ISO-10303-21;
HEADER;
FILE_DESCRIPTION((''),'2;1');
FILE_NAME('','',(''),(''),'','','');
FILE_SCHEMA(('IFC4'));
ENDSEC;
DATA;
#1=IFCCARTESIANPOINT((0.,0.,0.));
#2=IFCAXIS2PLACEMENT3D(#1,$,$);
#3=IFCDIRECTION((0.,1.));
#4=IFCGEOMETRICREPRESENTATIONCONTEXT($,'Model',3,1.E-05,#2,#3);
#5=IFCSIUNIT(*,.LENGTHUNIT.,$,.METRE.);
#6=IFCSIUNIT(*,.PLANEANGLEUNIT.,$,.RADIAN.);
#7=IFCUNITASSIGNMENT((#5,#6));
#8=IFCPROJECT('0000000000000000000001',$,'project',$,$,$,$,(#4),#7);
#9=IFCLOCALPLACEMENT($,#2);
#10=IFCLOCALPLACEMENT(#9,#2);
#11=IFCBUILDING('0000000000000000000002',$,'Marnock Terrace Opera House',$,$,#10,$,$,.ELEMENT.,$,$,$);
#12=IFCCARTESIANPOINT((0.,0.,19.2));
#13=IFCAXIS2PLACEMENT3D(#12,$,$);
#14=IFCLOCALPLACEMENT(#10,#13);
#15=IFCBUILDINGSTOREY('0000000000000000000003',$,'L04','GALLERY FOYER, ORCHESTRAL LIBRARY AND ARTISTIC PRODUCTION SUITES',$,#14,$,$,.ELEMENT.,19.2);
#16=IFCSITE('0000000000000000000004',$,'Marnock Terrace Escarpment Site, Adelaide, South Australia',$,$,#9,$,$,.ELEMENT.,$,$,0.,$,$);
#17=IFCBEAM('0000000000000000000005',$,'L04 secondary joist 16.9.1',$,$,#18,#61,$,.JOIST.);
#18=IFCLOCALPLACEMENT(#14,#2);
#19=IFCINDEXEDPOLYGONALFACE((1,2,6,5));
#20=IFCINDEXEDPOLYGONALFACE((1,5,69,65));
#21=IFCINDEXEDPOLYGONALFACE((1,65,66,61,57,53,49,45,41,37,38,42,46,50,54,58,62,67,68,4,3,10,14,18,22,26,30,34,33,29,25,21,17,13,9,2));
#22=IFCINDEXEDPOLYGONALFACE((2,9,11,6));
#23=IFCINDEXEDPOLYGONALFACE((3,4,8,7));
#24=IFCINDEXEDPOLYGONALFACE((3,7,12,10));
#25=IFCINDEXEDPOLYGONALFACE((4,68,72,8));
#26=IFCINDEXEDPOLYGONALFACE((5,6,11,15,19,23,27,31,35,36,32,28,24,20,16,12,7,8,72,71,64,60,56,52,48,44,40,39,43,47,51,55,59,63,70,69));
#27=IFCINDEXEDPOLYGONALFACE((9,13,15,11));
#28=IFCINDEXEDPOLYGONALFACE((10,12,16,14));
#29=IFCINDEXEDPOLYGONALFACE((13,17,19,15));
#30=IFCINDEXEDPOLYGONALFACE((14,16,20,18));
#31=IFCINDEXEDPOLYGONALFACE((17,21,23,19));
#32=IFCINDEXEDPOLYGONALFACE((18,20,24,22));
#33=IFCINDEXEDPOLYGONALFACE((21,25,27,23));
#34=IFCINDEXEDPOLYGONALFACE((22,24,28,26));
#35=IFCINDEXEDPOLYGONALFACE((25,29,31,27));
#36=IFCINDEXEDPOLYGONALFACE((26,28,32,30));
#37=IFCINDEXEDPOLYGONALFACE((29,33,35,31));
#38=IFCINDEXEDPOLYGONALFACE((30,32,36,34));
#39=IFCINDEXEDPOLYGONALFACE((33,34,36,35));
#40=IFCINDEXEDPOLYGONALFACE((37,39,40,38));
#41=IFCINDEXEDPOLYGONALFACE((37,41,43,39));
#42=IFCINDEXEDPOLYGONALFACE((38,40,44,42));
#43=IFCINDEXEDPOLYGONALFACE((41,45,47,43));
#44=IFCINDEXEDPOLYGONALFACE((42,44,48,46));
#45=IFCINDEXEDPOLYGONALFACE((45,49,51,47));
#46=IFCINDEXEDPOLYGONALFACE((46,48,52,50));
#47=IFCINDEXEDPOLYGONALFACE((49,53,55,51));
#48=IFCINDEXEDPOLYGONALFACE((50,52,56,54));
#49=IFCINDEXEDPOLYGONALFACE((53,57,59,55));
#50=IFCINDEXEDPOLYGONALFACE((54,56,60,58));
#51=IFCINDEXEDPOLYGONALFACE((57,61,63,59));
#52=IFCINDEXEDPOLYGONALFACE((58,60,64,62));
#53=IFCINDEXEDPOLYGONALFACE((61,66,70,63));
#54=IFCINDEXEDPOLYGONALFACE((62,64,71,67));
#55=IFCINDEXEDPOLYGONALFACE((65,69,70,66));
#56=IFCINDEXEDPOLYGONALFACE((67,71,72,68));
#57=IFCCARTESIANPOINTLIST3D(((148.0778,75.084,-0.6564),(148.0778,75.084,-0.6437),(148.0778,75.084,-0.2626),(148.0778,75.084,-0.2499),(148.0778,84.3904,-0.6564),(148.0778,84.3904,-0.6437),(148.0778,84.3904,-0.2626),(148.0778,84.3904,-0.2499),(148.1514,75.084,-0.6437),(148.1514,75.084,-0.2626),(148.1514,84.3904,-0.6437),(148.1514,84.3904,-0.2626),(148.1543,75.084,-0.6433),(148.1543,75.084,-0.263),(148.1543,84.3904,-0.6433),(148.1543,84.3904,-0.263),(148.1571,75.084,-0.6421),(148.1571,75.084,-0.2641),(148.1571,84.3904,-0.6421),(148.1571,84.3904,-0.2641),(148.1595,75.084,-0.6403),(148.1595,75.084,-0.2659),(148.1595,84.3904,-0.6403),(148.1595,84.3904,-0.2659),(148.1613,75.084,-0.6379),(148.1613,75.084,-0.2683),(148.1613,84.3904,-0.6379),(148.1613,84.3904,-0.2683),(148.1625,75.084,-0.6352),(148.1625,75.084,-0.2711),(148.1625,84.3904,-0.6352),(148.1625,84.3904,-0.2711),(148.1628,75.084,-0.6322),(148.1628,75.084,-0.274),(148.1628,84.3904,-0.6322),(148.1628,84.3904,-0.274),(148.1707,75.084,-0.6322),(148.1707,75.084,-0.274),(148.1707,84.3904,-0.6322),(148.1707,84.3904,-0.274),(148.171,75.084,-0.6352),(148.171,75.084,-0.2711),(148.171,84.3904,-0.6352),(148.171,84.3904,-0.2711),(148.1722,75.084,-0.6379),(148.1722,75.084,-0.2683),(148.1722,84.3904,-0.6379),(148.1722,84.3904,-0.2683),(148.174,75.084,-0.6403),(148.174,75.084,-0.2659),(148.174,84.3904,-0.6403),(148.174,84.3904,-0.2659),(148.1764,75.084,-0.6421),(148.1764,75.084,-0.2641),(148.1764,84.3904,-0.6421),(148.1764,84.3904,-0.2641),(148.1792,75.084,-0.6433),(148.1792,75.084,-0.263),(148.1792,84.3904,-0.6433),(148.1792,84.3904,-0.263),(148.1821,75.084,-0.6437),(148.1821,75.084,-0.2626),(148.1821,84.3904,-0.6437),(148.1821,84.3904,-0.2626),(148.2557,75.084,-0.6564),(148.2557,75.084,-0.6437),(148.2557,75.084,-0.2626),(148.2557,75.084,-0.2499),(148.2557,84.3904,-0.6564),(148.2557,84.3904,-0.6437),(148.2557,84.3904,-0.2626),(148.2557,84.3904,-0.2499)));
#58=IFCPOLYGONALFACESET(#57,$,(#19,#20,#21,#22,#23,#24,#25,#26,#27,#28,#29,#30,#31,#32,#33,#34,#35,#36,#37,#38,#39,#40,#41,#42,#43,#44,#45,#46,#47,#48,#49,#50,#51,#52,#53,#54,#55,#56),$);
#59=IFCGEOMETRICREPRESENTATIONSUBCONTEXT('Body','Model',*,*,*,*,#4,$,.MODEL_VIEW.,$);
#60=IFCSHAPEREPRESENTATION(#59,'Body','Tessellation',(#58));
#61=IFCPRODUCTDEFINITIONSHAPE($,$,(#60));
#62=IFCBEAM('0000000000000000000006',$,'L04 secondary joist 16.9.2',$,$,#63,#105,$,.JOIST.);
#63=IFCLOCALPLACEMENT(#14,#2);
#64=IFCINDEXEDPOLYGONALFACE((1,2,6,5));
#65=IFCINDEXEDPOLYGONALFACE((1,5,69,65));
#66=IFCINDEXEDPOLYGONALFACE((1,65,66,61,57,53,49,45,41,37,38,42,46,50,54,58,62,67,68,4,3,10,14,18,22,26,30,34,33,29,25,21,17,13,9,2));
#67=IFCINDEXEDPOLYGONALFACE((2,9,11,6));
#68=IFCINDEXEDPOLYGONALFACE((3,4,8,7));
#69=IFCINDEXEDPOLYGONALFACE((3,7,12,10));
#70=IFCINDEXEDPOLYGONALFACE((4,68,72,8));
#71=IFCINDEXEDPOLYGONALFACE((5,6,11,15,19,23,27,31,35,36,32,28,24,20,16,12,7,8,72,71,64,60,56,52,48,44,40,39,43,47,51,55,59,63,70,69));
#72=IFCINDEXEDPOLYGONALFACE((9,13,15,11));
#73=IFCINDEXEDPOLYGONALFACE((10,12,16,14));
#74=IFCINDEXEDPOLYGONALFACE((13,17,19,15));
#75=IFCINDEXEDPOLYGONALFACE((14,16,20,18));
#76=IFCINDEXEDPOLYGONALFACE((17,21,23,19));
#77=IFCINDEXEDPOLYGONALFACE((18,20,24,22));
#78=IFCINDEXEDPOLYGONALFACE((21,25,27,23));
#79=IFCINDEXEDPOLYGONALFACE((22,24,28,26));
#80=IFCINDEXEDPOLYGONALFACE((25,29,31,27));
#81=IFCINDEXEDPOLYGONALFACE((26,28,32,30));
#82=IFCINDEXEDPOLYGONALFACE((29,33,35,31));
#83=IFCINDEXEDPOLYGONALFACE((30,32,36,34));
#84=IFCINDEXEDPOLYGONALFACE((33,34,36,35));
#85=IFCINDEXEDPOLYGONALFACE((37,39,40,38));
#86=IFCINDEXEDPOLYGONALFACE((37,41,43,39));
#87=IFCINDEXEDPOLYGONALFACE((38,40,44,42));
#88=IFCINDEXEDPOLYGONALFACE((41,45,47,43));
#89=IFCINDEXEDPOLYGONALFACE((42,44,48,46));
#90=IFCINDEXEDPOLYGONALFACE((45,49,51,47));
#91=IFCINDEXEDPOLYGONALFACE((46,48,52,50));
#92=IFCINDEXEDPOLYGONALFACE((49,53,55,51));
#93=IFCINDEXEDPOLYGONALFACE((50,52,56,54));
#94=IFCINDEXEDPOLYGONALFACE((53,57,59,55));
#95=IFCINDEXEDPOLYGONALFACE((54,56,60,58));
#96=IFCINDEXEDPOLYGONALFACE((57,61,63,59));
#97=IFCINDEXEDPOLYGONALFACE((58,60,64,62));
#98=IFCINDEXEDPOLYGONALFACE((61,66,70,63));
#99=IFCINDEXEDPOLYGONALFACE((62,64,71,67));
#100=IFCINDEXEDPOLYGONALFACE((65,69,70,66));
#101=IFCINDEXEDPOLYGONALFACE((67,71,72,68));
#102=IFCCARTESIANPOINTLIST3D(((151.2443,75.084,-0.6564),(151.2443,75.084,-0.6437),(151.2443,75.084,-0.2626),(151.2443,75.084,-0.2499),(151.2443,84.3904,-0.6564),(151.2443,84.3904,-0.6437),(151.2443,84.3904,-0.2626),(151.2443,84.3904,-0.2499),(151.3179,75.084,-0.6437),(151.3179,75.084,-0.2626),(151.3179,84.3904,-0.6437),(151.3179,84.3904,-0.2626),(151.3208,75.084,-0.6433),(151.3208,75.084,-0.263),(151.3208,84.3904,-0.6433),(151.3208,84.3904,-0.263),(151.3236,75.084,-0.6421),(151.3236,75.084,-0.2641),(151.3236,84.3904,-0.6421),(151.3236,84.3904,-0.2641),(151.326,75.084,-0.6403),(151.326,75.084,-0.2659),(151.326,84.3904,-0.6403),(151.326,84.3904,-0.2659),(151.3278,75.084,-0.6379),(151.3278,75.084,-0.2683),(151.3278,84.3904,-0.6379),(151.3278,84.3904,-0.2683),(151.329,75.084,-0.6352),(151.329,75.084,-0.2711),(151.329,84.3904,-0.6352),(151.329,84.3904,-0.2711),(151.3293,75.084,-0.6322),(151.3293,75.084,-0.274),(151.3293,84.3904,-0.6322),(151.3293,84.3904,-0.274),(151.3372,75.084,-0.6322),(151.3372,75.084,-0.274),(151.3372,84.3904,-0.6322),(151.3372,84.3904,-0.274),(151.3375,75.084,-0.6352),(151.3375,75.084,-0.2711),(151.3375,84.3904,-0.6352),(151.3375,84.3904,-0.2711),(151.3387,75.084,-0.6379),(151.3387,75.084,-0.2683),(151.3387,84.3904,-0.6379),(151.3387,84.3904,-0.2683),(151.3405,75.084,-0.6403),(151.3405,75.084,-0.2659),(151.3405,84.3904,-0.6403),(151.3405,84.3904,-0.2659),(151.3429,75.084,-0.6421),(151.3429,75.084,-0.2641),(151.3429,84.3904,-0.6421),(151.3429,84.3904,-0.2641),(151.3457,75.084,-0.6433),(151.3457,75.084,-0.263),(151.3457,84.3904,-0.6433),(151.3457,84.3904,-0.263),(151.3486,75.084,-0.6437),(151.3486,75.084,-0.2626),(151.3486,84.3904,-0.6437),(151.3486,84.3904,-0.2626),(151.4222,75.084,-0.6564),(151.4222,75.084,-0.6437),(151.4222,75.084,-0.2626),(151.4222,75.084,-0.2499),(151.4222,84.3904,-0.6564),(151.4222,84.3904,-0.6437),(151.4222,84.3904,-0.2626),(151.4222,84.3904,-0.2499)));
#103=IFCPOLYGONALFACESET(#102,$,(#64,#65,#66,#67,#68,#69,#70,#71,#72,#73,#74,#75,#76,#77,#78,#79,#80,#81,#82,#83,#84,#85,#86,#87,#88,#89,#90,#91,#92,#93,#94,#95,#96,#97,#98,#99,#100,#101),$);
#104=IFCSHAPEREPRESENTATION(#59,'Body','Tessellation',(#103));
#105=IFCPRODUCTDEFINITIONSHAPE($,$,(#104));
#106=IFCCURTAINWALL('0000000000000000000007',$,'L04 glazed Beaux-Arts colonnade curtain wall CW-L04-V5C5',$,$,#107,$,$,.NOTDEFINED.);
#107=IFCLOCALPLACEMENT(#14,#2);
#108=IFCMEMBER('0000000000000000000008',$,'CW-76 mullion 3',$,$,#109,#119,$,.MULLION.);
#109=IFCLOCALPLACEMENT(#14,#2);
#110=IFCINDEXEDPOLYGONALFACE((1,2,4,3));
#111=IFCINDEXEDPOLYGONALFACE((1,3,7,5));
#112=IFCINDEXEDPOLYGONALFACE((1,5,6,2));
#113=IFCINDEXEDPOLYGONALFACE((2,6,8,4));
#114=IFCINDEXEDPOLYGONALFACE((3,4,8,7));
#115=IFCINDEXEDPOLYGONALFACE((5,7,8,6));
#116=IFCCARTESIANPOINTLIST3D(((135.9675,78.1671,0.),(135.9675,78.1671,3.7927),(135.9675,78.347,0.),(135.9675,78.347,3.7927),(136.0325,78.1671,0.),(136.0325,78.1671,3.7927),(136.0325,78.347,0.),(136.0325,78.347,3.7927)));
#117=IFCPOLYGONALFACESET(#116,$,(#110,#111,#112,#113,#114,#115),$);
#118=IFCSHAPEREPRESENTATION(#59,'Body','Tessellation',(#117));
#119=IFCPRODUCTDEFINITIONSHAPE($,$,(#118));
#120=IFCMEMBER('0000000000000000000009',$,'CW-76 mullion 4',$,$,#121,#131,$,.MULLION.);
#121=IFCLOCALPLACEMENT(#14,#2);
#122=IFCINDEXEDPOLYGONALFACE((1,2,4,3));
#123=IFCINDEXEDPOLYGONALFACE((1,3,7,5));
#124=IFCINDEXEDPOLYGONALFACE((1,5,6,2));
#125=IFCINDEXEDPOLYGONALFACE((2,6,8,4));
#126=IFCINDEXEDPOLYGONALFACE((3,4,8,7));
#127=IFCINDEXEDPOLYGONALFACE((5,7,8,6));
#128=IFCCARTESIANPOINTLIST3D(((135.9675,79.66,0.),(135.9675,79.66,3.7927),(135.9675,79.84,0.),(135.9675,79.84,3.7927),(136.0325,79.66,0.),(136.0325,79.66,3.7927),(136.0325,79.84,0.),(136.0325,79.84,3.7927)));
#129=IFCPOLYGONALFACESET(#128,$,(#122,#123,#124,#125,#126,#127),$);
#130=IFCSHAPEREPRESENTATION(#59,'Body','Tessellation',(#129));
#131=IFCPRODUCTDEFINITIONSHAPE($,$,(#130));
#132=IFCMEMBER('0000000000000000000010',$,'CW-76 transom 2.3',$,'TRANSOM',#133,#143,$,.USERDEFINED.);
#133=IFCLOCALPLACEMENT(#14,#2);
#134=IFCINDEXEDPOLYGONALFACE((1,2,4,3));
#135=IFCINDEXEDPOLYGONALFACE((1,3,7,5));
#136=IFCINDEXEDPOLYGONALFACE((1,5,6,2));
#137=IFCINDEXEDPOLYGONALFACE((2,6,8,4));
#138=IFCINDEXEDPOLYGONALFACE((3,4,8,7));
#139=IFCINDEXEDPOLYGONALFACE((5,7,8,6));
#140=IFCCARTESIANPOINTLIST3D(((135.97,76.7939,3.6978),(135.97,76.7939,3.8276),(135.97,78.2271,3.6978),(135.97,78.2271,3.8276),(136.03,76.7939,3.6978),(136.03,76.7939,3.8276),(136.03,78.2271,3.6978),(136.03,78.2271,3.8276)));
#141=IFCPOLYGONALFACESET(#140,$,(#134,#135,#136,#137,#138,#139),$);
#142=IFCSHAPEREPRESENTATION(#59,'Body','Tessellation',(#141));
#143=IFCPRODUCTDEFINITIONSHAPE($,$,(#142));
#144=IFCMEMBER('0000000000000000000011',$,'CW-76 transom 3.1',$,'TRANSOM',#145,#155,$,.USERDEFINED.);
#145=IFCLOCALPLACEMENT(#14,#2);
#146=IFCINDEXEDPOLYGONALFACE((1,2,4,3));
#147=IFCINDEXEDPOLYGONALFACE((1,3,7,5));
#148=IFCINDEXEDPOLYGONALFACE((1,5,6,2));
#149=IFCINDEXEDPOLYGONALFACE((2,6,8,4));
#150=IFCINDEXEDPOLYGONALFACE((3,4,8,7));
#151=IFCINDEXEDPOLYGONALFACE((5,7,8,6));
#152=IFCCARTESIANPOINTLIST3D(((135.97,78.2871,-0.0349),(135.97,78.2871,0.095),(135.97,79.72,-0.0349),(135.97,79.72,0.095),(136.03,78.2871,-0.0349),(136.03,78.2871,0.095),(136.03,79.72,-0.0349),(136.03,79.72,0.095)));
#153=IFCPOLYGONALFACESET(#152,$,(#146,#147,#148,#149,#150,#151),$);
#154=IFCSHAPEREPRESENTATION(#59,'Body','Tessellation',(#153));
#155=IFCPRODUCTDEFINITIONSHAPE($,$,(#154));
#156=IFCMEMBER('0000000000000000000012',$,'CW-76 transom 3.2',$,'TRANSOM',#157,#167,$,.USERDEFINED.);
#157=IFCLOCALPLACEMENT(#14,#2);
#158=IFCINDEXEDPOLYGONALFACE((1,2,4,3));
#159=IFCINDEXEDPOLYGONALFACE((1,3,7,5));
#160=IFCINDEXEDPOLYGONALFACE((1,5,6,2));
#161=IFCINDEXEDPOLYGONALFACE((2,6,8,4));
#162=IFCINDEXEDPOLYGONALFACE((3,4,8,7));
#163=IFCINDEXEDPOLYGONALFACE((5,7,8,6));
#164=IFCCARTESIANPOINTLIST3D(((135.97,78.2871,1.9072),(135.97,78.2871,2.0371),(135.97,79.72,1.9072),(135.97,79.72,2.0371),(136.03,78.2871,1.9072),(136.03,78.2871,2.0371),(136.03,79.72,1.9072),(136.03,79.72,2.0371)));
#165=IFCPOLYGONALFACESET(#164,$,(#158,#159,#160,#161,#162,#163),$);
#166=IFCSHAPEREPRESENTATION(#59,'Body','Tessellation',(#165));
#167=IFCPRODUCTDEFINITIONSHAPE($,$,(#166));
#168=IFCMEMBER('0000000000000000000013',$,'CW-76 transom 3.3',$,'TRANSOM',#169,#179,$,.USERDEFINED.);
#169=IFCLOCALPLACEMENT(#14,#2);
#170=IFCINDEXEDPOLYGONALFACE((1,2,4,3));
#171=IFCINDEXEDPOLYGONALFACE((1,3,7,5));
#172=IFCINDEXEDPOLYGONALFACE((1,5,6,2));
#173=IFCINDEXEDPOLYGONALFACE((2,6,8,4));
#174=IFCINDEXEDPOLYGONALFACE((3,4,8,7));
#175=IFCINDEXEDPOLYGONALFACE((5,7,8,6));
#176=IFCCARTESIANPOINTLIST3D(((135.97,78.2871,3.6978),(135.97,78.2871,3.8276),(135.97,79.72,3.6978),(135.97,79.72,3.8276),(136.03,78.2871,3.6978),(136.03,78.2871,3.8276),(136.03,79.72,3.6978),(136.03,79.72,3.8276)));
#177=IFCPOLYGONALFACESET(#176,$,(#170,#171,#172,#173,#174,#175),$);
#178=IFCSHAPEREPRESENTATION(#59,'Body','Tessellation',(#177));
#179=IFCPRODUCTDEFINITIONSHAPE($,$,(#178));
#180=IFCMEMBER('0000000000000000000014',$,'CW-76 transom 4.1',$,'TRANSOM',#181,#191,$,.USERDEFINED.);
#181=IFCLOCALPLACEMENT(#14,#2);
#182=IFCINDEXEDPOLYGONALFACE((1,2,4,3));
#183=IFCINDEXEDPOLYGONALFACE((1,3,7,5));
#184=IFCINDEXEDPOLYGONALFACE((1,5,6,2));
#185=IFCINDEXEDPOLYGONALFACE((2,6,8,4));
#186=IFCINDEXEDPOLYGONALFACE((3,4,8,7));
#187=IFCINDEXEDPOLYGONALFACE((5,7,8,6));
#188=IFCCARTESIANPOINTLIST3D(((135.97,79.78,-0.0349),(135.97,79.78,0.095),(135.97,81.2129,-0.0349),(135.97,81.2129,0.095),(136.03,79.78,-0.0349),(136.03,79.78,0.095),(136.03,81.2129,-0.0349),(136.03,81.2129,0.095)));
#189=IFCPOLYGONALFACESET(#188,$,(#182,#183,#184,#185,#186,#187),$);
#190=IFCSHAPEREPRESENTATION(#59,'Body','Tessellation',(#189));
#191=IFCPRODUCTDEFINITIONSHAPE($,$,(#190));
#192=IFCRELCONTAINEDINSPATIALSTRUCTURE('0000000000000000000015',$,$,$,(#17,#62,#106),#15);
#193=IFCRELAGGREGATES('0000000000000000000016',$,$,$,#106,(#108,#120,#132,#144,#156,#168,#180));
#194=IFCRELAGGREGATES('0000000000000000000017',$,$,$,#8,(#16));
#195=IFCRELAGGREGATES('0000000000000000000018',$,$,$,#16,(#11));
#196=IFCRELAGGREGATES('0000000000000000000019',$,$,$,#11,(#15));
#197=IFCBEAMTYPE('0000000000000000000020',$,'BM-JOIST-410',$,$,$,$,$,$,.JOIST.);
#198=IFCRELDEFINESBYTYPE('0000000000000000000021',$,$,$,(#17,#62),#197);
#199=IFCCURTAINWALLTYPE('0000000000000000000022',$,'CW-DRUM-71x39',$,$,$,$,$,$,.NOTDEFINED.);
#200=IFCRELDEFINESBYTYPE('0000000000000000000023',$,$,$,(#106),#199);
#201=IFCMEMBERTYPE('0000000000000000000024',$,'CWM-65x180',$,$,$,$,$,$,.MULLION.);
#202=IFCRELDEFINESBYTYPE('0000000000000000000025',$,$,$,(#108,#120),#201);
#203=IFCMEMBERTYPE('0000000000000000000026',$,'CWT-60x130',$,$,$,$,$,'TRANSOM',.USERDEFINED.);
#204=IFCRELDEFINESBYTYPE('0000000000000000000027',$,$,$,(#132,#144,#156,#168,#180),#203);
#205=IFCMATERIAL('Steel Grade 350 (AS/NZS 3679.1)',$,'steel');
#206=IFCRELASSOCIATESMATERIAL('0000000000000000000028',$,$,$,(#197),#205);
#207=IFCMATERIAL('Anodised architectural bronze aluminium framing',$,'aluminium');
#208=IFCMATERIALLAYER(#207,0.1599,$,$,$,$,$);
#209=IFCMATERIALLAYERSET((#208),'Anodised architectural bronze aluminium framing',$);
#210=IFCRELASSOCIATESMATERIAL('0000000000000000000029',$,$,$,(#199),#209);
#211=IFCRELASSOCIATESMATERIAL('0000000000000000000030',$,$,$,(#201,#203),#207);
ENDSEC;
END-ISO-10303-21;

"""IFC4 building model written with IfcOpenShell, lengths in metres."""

from ifc_helpers import new_model, si_unit, direction, frame, origin, origin_2d, place, context, subcontext, project, spatial, rectangle, i_section, extrude, material, layer, layer_set, material_profile, profile_set, type_object, element, aggregate, save


model = new_model("IFC4")

# Units and contexts
model_context = context("Model", 3, precision=1e-05, world=origin(), true_north=direction((0.0, 1.0)))
body_context = subcontext(model_context, "Body", "Model", "MODEL_VIEW")
ifc_project = project(units=[si_unit("LENGTHUNIT", "METRE"), si_unit("PLANEANGLEUNIT", "RADIAN")], contexts=[model_context])

# Site, building, storey
site_placement = place(None, origin())
site = spatial("IfcSite", under=ifc_project, at=site_placement, Name="Marnock Terrace Escarpment Site, Adelaide, South Australia", CompositionType="ELEMENT", RefElevation=0.0)
building_placement = place(site_placement, origin())
building = spatial("IfcBuilding", under=site, at=building_placement, Name="Marnock Terrace Opera House", CompositionType="ELEMENT")
storey_placement = place(building_placement, frame((0.0, 0.0, 19.2)))
storey = spatial("IfcBuildingStorey", under=building, at=storey_placement, Name="L04", Description="GALLERY FOYER, ORCHESTRAL LIBRARY AND ARTISTIC PRODUCTION SUITES", CompositionType="ELEMENT", Elevation=19.2)

# Beams
ifc_material_1 = material(Name="Steel Grade 350 (AS/NZS 3679.1)", Category="steel")
ifc_material_profile_1 = material_profile(ifc_material_1, i_section(OverallWidth=0.178, OverallDepth=0.4065, WebThickness=0.0078, FlangeThickness=0.0127, FilletRadius=0.0115, at=origin_2d()))
ifc_profile_set_1 = profile_set([ifc_material_profile_1], Name="Steel Grade 350 (AS/NZS 3679.1)")
beam_type_1 = type_object("IfcBeamType", Name="BM-JOIST-410", PredefinedType="JOIST", material=ifc_profile_set_1)
for number, where, z_axis, x_axis, name in (
    (1, (148.1667, 75.084, -0.4531), (0.0, 1.0, 0.0), (-1.0, 0.0, 0.0), "L04 secondary joist 16.9.1"),
    (2, (151.3333, 75.084, -0.4531), (0.0, 1.0, 0.0), (-1.0, 0.0, 0.0), "L04 secondary joist 16.9.2"),
):
    element("IfcBeam", number, at=place(storey_placement, frame(where, z_axis=z_axis, x_axis=x_axis)), inside=storey, type_object=beam_type_1, Name=name, PredefinedType="JOIST", context=body_context, shape_type="SweptSolid", body=[
        extrude(i_section(OverallWidth=0.178, OverallDepth=0.4065, WebThickness=0.0078, FlangeThickness=0.0127, FilletRadius=0.0115, at=origin_2d()), origin(), (0.0, 0.0, 1.0), 9.3064),
    ])

# Curtain wall, members
ifc_material_2 = material(Name="Anodised architectural bronze aluminium framing", Category="aluminium")
ifc_layer_1 = layer(ifc_material_2, 0.1599)
ifc_layer_set_1 = layer_set([ifc_layer_1], Name="Anodised architectural bronze aluminium framing")
curtain_wall_type = type_object("IfcCurtainWallType", Name="CW-DRUM-71x39", PredefinedType="NOTDEFINED", material=ifc_layer_set_1)
curtain_wall_placement = place(storey_placement, origin())
curtain_wall = element("IfcCurtainWall", 3, at=curtain_wall_placement, inside=storey, type_object=curtain_wall_type, Name="L04 glazed Beaux-Arts colonnade curtain wall CW-L04-V5C5", PredefinedType="NOTDEFINED")
ifc_material_profile_2 = material_profile(ifc_material_2, rectangle(XDim=0.0649, YDim=0.1799, at=origin_2d()))
ifc_profile_set_2 = profile_set([ifc_material_profile_2], Name="Anodised architectural bronze aluminium framing")
member_type_1 = type_object("IfcMemberType", Name="CWM-65x180", PredefinedType="MULLION", material=ifc_profile_set_2)
member_1_placement = place(storey_placement, frame((136.0, 78.2571, 0.0), z_axis=(0.0, 0.0, 1.0), x_axis=(-1.0, 0.0, 0.0)))
member_1 = element("IfcMember", 4, at=member_1_placement, type_object=member_type_1, Name="CW-76 mullion 3", PredefinedType="MULLION", context=body_context, shape_type="SweptSolid", body=[
    extrude(rectangle(XDim=0.0649, YDim=0.1799, at=origin_2d()), origin(), (0.0, 0.0, 1.0), 3.7927),
])
member_2_placement = place(storey_placement, frame((136.0, 79.75, 0.0), z_axis=(0.0, 0.0, 1.0), x_axis=(-1.0, 0.0, 0.0)))
member_2 = element("IfcMember", 5, at=member_2_placement, type_object=member_type_1, Name="CW-76 mullion 4", PredefinedType="MULLION", context=body_context, shape_type="SweptSolid", body=[
    extrude(rectangle(XDim=0.0649, YDim=0.1799, at=origin_2d()), origin(), (0.0, 0.0, 1.0), 3.7927),
])
ifc_material_profile_3 = material_profile(ifc_material_2, rectangle(XDim=0.0601, YDim=0.1299, at=origin_2d()))
ifc_profile_set_3 = profile_set([ifc_material_profile_3], Name="Anodised architectural bronze aluminium framing")
member_type_2 = type_object("IfcMemberType", Name="CWT-60x130", ElementType="TRANSOM", PredefinedType="USERDEFINED", material=ifc_profile_set_3)
member_3_placement = place(storey_placement, frame((136.0, 76.7939, 3.7627), z_axis=(0.0, 1.0, 0.0), x_axis=(-1.0, 0.0, 0.0)))
member_3 = element("IfcMember", 6, at=member_3_placement, type_object=member_type_2, Name="CW-76 transom 2.3", ObjectType="TRANSOM", PredefinedType="USERDEFINED", context=body_context, shape_type="SweptSolid", body=[
    extrude(rectangle(XDim=0.0601, YDim=0.1299, at=origin_2d()), origin(), (0.0, 0.0, 1.0), 1.4331),
])
member_4_placement = place(storey_placement, frame((136.0, 78.2871, 0.03), z_axis=(0.0, 1.0, 0.0), x_axis=(-1.0, 0.0, 0.0)))
member_4 = element("IfcMember", 7, at=member_4_placement, type_object=member_type_2, Name="CW-76 transom 3.1", ObjectType="TRANSOM", PredefinedType="USERDEFINED", context=body_context, shape_type="SweptSolid", body=[
    extrude(rectangle(XDim=0.0601, YDim=0.1299, at=origin_2d()), origin(), (0.0, 0.0, 1.0), 1.4329),
])
member_5_placement = place(storey_placement, frame((136.0, 78.2871, 1.9722), z_axis=(0.0, 1.0, 0.0), x_axis=(-1.0, 0.0, 0.0)))
member_5 = element("IfcMember", 8, at=member_5_placement, type_object=member_type_2, Name="CW-76 transom 3.2", ObjectType="TRANSOM", PredefinedType="USERDEFINED", context=body_context, shape_type="SweptSolid", body=[
    extrude(rectangle(XDim=0.0601, YDim=0.1299, at=origin_2d()), origin(), (0.0, 0.0, 1.0), 1.4329),
])
member_6_placement = place(storey_placement, frame((136.0, 78.2871, 3.7627), z_axis=(0.0, 1.0, 0.0), x_axis=(-1.0, 0.0, 0.0)))
member_6 = element("IfcMember", 9, at=member_6_placement, type_object=member_type_2, Name="CW-76 transom 3.3", ObjectType="TRANSOM", PredefinedType="USERDEFINED", context=body_context, shape_type="SweptSolid", body=[
    extrude(rectangle(XDim=0.0601, YDim=0.1299, at=origin_2d()), origin(), (0.0, 0.0, 1.0), 1.4329),
])
member_7_placement = place(storey_placement, frame((136.0, 79.78, 0.03), z_axis=(0.0, 1.0, 0.0), x_axis=(-1.0, 0.0, 0.0)))
member_7 = element("IfcMember", 10, at=member_7_placement, type_object=member_type_2, Name="CW-76 transom 4.1", ObjectType="TRANSOM", PredefinedType="USERDEFINED", context=body_context, shape_type="SweptSolid", body=[
    extrude(rectangle(XDim=0.0601, YDim=0.1299, at=origin_2d()), origin(), (0.0, 0.0, 1.0), 1.4329),
])
aggregate(curtain_wall, [member_1, member_2, member_3, member_4, member_5, member_6, member_7])

save(model, "model.ifc")
